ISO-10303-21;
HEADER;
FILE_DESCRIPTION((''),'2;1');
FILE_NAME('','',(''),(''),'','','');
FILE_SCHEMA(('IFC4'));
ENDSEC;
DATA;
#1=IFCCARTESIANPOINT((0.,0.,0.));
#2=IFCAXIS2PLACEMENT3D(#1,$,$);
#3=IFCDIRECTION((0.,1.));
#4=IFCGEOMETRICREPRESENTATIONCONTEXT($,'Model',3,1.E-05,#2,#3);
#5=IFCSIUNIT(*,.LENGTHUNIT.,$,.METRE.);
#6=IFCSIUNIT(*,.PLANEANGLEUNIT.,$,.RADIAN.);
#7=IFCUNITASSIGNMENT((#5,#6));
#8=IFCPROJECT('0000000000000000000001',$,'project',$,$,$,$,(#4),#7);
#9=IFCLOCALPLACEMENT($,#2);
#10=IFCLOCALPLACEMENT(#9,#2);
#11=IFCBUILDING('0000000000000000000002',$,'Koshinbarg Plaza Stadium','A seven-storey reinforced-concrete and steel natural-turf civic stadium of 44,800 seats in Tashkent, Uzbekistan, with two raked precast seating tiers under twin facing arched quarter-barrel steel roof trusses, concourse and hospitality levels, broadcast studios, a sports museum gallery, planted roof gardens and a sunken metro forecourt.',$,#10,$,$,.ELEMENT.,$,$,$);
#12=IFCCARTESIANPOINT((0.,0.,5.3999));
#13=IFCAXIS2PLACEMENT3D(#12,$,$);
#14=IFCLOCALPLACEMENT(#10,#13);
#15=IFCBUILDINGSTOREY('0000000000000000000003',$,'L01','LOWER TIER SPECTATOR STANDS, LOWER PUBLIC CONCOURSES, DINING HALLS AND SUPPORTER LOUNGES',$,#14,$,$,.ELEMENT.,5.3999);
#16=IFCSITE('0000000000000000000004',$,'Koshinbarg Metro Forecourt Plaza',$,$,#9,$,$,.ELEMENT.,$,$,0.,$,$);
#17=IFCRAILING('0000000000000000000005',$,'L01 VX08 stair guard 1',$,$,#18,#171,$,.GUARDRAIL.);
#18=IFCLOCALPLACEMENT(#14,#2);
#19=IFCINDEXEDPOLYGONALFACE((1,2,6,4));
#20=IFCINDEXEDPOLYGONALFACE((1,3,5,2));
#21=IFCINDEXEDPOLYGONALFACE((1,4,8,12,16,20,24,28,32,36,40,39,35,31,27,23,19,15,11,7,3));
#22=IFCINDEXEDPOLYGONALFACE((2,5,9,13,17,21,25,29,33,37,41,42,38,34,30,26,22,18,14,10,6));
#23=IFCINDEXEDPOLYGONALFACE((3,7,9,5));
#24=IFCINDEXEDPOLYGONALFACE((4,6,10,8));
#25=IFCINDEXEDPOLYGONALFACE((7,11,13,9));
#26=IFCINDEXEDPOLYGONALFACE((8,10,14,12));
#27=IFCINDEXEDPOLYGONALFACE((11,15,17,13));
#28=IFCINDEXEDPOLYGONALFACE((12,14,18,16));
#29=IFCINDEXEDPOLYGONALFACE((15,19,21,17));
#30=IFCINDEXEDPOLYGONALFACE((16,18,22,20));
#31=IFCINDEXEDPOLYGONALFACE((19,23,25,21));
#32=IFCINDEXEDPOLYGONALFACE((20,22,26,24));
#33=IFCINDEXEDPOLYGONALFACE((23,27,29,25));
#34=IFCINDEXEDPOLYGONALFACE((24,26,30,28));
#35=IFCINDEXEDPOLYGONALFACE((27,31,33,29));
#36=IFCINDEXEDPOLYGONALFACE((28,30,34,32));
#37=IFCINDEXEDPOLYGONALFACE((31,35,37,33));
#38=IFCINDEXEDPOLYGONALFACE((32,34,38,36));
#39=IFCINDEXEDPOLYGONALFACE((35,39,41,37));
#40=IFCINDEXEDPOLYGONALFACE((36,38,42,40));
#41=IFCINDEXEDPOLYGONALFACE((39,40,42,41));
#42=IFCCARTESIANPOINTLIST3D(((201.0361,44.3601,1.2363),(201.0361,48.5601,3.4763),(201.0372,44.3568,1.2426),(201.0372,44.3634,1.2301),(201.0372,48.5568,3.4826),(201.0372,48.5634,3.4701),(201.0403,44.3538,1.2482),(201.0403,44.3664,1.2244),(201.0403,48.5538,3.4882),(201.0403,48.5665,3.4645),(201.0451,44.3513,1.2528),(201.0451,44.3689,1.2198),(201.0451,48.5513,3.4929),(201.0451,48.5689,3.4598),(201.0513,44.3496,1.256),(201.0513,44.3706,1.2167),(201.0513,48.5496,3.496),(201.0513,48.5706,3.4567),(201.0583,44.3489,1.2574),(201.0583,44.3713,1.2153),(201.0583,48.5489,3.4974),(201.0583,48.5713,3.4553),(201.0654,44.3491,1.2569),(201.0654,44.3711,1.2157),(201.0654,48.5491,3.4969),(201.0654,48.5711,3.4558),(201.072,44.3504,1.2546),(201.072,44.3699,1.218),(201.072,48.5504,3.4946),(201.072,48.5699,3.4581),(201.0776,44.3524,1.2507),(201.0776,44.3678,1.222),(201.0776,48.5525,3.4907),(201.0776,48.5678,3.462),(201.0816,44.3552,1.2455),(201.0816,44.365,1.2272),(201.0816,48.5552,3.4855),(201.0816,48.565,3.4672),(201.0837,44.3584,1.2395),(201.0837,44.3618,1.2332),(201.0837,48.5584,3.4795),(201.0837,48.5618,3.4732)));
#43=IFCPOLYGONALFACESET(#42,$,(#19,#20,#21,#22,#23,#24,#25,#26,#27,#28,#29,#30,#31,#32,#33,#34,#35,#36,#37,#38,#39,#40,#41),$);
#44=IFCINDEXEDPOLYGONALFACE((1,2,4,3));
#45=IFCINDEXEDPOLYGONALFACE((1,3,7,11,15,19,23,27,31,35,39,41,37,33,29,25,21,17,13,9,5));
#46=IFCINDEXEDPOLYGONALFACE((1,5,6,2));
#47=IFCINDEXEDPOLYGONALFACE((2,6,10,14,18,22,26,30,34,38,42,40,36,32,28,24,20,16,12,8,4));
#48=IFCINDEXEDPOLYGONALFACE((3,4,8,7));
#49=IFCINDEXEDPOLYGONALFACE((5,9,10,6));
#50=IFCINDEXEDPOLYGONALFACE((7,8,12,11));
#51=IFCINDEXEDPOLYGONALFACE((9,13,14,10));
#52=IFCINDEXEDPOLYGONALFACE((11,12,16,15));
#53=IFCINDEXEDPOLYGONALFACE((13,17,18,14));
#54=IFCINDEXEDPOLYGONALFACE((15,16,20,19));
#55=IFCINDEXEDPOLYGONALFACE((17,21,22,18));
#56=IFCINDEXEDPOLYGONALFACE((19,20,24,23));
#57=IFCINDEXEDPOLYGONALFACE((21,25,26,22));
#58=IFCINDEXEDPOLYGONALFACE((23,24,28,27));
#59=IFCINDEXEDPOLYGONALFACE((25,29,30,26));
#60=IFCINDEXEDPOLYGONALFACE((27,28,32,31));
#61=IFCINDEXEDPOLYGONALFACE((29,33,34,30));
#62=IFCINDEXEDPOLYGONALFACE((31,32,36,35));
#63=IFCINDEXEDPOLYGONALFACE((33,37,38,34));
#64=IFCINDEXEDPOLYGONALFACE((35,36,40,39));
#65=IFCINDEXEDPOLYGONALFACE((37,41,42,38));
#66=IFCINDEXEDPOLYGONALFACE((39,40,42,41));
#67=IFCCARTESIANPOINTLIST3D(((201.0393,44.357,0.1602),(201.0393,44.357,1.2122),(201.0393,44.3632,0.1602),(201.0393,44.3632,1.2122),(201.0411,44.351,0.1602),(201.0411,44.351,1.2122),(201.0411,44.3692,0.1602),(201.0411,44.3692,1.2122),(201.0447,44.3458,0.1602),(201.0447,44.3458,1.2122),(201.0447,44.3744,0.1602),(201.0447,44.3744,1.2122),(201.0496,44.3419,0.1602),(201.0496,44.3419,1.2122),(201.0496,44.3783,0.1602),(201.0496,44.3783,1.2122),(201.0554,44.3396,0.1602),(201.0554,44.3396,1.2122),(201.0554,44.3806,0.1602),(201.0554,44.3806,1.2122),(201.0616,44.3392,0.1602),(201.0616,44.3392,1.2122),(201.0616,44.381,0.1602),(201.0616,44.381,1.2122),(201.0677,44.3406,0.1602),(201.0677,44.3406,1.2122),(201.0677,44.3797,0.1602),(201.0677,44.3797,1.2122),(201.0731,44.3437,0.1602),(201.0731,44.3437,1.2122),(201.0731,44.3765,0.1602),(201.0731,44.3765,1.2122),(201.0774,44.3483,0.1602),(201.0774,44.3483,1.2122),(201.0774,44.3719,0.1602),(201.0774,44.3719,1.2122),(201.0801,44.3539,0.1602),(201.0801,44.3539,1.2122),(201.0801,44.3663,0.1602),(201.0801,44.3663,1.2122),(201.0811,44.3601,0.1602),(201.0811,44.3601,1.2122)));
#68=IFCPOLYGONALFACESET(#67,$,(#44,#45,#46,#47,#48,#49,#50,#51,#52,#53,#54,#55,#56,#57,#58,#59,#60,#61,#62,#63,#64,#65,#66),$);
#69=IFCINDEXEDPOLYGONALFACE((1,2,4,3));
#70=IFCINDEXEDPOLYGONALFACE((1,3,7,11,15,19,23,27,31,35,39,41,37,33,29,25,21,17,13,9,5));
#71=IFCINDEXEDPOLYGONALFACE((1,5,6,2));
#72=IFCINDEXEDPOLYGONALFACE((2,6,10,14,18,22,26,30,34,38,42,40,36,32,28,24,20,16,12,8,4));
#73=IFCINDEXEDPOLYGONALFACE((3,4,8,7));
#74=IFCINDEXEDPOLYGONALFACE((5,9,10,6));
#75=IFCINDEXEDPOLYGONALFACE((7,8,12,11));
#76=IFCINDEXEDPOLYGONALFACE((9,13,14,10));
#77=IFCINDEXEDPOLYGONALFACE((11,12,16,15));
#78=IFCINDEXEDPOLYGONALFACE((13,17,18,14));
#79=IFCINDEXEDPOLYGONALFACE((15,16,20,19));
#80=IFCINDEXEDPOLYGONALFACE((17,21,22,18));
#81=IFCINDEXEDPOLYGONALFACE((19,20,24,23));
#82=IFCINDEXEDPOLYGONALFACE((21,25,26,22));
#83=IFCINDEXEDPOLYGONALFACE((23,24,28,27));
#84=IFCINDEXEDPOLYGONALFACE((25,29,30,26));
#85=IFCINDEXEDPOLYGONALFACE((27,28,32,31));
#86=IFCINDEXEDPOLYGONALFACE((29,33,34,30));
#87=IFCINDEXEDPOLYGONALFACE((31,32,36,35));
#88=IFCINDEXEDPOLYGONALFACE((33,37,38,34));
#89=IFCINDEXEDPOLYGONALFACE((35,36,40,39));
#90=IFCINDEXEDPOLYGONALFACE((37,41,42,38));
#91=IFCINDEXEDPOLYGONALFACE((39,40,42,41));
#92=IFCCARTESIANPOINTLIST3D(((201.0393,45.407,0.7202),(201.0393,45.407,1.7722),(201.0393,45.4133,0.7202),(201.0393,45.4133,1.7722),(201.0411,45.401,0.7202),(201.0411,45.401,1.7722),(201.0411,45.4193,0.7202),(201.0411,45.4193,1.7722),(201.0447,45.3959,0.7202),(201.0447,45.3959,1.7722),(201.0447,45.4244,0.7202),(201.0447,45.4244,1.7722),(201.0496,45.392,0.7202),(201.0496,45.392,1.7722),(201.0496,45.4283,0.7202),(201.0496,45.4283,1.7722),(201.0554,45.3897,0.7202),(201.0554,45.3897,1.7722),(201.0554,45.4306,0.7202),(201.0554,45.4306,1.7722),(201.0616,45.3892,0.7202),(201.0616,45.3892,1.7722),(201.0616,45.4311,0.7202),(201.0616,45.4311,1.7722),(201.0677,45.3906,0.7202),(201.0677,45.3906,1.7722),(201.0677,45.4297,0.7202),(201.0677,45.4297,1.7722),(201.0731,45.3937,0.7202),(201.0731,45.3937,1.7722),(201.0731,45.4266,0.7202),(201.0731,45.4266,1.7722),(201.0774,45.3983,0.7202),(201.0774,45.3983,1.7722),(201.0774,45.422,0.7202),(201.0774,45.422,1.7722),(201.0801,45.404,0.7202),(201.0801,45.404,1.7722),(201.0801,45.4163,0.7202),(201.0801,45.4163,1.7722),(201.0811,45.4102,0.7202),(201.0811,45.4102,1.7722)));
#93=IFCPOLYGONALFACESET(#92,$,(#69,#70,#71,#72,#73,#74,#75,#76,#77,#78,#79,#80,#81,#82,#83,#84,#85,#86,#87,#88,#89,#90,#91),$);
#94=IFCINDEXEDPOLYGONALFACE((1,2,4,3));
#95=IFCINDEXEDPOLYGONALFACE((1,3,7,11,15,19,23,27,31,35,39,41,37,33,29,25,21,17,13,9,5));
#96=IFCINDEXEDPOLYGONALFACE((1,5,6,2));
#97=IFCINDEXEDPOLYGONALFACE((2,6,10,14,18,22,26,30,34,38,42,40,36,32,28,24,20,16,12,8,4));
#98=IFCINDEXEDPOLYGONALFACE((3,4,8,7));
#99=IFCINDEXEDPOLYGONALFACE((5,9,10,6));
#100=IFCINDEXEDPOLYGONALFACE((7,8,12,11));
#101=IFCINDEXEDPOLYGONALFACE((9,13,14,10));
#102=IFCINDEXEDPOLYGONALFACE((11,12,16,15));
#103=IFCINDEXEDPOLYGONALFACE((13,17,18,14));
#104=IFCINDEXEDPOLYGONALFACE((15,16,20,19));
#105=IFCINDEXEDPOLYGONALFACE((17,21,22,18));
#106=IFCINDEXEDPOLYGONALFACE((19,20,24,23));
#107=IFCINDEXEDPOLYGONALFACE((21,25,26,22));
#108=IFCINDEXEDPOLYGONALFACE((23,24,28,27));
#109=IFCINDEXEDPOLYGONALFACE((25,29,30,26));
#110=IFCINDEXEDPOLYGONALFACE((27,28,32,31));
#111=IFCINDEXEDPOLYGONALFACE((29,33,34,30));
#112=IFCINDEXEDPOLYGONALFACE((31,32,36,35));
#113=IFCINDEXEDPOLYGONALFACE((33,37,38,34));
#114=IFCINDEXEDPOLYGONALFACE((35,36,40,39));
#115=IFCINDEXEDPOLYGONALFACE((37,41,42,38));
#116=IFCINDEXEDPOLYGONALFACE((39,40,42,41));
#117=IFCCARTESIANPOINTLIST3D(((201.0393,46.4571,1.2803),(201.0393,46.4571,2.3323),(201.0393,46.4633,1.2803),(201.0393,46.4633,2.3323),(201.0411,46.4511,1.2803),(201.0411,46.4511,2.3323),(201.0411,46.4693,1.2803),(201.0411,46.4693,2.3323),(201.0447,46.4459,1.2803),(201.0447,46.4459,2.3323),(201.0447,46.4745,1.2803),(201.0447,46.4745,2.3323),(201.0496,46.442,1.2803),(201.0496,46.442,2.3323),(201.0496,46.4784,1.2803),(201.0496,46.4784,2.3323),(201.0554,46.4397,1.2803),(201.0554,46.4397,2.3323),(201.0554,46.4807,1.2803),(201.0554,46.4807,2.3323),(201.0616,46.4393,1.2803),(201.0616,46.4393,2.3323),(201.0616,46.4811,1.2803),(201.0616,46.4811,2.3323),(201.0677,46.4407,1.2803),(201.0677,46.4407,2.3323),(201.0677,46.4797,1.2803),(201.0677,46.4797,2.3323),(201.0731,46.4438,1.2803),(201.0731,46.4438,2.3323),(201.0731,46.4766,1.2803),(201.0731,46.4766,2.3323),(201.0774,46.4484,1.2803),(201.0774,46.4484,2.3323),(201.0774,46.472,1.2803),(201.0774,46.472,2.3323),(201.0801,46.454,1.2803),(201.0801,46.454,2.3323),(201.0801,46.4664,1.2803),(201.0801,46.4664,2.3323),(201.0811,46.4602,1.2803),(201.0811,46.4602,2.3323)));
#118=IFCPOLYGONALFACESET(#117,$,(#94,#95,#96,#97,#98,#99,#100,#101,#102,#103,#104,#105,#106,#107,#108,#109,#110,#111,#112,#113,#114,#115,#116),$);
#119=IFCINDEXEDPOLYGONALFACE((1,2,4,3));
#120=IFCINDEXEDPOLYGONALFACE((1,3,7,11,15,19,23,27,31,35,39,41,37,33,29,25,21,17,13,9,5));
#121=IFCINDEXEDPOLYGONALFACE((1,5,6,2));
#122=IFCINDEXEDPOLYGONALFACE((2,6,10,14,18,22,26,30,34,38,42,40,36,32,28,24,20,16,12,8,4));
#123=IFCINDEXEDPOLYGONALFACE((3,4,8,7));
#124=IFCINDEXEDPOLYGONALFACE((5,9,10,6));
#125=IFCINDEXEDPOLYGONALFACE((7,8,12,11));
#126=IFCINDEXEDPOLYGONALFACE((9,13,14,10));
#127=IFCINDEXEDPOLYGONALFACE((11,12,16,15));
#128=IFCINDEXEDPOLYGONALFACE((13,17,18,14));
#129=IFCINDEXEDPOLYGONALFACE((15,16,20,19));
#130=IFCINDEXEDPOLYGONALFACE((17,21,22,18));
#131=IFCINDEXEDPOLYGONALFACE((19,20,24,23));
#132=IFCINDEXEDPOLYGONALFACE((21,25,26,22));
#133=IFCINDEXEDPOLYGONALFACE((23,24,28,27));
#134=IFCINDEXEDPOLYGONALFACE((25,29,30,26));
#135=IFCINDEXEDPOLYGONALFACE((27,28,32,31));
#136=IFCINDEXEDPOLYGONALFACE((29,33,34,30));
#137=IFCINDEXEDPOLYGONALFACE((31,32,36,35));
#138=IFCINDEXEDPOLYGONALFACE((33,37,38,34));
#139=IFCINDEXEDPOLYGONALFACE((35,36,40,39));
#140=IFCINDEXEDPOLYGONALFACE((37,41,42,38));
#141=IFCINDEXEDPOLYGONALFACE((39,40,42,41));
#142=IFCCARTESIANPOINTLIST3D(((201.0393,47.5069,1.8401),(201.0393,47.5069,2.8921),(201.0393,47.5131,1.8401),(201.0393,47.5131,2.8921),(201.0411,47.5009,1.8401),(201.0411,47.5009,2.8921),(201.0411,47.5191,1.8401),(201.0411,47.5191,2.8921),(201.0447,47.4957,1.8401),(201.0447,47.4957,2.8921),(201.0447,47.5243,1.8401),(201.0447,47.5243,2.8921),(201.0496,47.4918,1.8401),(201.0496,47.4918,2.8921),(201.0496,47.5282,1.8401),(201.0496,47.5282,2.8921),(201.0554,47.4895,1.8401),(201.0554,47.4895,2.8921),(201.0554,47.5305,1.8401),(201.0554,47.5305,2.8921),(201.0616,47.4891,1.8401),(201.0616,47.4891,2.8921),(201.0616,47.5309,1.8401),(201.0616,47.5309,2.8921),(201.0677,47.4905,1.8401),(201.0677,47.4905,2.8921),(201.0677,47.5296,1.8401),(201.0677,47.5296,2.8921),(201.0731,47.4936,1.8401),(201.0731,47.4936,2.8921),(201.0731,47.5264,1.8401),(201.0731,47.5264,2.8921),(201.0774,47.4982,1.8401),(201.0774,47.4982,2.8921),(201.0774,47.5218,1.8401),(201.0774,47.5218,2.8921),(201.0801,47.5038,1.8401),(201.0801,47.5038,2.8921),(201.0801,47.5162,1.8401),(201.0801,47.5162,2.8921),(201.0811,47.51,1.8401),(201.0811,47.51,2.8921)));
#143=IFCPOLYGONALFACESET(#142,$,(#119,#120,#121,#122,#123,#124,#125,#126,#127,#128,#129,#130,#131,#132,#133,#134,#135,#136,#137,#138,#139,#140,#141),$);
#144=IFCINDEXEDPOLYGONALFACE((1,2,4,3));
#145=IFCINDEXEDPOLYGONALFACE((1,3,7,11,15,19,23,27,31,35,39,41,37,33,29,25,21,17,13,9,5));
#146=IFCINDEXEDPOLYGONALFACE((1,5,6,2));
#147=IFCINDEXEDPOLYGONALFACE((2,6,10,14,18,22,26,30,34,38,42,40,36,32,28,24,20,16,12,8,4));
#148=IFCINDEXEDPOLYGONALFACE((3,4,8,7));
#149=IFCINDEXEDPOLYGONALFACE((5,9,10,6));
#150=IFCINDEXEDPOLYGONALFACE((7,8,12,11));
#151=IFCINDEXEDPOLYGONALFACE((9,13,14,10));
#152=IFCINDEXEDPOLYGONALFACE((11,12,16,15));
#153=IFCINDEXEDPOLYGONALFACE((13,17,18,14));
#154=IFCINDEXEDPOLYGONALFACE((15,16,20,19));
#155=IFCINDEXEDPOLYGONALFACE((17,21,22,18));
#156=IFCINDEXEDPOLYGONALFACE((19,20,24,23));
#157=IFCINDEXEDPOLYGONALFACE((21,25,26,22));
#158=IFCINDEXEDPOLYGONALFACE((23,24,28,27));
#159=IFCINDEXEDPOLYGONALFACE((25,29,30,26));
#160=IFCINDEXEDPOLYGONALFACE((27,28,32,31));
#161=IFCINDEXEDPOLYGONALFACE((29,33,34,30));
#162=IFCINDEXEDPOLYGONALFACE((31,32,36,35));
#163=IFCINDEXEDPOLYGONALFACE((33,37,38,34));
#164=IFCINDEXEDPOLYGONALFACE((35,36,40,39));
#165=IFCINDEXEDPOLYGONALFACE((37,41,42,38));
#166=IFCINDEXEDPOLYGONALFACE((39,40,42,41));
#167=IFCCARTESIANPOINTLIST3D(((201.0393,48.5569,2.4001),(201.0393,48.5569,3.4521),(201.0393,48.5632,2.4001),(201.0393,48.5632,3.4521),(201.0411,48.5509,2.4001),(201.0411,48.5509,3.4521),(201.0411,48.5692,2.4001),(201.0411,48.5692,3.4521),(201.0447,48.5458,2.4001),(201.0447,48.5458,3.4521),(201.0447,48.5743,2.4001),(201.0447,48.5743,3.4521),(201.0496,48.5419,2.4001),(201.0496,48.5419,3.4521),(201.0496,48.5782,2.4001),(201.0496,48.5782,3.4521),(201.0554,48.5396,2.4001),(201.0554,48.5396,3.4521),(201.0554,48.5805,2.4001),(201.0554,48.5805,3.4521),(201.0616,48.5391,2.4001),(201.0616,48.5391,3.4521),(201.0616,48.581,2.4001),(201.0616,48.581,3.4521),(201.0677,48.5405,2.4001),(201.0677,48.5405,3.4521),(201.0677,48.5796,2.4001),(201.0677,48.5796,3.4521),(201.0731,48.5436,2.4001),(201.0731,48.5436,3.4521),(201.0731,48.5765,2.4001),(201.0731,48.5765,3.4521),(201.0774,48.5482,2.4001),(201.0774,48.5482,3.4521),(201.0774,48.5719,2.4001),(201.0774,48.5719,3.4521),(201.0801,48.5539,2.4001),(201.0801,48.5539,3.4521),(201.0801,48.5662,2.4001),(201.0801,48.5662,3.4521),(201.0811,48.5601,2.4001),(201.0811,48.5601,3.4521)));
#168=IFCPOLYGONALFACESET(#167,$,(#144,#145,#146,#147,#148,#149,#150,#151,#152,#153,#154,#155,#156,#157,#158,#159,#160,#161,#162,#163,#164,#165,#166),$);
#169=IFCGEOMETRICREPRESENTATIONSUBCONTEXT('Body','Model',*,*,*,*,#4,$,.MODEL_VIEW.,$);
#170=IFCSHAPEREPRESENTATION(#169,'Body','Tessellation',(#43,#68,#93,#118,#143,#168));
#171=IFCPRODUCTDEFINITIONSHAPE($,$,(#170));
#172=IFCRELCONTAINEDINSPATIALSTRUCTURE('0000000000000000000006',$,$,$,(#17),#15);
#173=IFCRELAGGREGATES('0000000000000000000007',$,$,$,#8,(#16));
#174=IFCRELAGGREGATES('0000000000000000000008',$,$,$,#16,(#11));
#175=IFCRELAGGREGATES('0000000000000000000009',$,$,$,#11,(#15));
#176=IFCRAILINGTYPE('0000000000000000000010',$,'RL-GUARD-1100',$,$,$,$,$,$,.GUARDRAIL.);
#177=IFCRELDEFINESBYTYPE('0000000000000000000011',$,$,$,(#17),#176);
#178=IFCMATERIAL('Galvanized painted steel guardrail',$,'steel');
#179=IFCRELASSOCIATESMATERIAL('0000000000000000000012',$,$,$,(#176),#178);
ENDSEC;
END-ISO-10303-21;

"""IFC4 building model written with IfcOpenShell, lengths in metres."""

from ifc_helpers import new_model, si_unit, direction, frame, origin, origin_2d, place, context, subcontext, project, spatial, circle, extrude, material, type_object, element, save


model = new_model("IFC4")

# Units and contexts
model_context = context("Model", 3, precision=1e-05, world=origin(), true_north=direction((0.0, 1.0)))
body_context = subcontext(model_context, "Body", "Model", "MODEL_VIEW")
ifc_project = project(units=[si_unit("LENGTHUNIT", "METRE"), si_unit("PLANEANGLEUNIT", "RADIAN")], contexts=[model_context])

# Site, building, storey
site_placement = place(None, origin())
site = spatial("IfcSite", under=ifc_project, at=site_placement, Name="Koshinbarg Metro Forecourt Plaza", CompositionType="ELEMENT", RefElevation=0.0)
building_placement = place(site_placement, origin())
building = spatial("IfcBuilding", under=site, at=building_placement, Name="Koshinbarg Plaza Stadium", Description="A seven-storey reinforced-concrete and steel natural-turf civic stadium of 44,800 seats in Tashkent, Uzbekistan, with two raked precast seating tiers under twin facing arched quarter-barrel steel roof trusses, concourse and hospitality levels, broadcast studios, a sports museum gallery, planted roof gardens and a sunken metro forecourt.", CompositionType="ELEMENT")
storey_placement = place(building_placement, frame((0.0, 0.0, 5.3999)))
storey = spatial("IfcBuildingStorey", under=building, at=storey_placement, Name="L01", Description="LOWER TIER SPECTATOR STANDS, LOWER PUBLIC CONCOURSES, DINING HALLS AND SUPPORTER LOUNGES", CompositionType="ELEMENT", Elevation=5.3999)

# Railing
ifc_material_1 = material(Name="Galvanized painted steel guardrail", Category="steel")
railing_type_1 = type_object("IfcRailingType", Name="RL-GUARD-1100", PredefinedType="GUARDRAIL", material=ifc_material_1)
railing_1_placement = place(storey_placement, frame((201.0601, 44.3601, 0.1602)))
element("IfcRailing", 1, at=railing_1_placement, inside=storey, type_object=railing_type_1, Name="L01 VX08 stair guard 1", PredefinedType="GUARDRAIL", context=body_context, shape_type="SweptSolid", body=[
    extrude(circle(Radius=0.0239, at=origin_2d()), frame((0.0, 0.0, 1.0762), z_axis=(0.0, 0.882352, 0.470591), x_axis=(-1.0, 0.0, 0.0)), (0.0, 0.0, 1.0), 4.76),
    extrude(circle(Radius=0.021, at=origin_2d()), origin(), (0.0, 0.0, 1.0), 1.052),
    extrude(circle(Radius=0.021, at=origin_2d()), frame((0.0, 1.05, 0.5601)), (0.0, 0.0, 1.0), 1.052),
    extrude(circle(Radius=0.021, at=origin_2d()), frame((0.0, 2.1001, 1.1201)), (0.0, 0.0, 1.0), 1.052),
    extrude(circle(Radius=0.021, at=origin_2d()), frame((0.0, 3.1499, 1.6799)), (0.0, 0.0, 1.0), 1.052),
    extrude(circle(Radius=0.021, at=origin_2d()), frame((0.0, 4.2, 2.24)), (0.0, 0.0, 1.0), 1.052),
])

save(model, "model.ifc")
